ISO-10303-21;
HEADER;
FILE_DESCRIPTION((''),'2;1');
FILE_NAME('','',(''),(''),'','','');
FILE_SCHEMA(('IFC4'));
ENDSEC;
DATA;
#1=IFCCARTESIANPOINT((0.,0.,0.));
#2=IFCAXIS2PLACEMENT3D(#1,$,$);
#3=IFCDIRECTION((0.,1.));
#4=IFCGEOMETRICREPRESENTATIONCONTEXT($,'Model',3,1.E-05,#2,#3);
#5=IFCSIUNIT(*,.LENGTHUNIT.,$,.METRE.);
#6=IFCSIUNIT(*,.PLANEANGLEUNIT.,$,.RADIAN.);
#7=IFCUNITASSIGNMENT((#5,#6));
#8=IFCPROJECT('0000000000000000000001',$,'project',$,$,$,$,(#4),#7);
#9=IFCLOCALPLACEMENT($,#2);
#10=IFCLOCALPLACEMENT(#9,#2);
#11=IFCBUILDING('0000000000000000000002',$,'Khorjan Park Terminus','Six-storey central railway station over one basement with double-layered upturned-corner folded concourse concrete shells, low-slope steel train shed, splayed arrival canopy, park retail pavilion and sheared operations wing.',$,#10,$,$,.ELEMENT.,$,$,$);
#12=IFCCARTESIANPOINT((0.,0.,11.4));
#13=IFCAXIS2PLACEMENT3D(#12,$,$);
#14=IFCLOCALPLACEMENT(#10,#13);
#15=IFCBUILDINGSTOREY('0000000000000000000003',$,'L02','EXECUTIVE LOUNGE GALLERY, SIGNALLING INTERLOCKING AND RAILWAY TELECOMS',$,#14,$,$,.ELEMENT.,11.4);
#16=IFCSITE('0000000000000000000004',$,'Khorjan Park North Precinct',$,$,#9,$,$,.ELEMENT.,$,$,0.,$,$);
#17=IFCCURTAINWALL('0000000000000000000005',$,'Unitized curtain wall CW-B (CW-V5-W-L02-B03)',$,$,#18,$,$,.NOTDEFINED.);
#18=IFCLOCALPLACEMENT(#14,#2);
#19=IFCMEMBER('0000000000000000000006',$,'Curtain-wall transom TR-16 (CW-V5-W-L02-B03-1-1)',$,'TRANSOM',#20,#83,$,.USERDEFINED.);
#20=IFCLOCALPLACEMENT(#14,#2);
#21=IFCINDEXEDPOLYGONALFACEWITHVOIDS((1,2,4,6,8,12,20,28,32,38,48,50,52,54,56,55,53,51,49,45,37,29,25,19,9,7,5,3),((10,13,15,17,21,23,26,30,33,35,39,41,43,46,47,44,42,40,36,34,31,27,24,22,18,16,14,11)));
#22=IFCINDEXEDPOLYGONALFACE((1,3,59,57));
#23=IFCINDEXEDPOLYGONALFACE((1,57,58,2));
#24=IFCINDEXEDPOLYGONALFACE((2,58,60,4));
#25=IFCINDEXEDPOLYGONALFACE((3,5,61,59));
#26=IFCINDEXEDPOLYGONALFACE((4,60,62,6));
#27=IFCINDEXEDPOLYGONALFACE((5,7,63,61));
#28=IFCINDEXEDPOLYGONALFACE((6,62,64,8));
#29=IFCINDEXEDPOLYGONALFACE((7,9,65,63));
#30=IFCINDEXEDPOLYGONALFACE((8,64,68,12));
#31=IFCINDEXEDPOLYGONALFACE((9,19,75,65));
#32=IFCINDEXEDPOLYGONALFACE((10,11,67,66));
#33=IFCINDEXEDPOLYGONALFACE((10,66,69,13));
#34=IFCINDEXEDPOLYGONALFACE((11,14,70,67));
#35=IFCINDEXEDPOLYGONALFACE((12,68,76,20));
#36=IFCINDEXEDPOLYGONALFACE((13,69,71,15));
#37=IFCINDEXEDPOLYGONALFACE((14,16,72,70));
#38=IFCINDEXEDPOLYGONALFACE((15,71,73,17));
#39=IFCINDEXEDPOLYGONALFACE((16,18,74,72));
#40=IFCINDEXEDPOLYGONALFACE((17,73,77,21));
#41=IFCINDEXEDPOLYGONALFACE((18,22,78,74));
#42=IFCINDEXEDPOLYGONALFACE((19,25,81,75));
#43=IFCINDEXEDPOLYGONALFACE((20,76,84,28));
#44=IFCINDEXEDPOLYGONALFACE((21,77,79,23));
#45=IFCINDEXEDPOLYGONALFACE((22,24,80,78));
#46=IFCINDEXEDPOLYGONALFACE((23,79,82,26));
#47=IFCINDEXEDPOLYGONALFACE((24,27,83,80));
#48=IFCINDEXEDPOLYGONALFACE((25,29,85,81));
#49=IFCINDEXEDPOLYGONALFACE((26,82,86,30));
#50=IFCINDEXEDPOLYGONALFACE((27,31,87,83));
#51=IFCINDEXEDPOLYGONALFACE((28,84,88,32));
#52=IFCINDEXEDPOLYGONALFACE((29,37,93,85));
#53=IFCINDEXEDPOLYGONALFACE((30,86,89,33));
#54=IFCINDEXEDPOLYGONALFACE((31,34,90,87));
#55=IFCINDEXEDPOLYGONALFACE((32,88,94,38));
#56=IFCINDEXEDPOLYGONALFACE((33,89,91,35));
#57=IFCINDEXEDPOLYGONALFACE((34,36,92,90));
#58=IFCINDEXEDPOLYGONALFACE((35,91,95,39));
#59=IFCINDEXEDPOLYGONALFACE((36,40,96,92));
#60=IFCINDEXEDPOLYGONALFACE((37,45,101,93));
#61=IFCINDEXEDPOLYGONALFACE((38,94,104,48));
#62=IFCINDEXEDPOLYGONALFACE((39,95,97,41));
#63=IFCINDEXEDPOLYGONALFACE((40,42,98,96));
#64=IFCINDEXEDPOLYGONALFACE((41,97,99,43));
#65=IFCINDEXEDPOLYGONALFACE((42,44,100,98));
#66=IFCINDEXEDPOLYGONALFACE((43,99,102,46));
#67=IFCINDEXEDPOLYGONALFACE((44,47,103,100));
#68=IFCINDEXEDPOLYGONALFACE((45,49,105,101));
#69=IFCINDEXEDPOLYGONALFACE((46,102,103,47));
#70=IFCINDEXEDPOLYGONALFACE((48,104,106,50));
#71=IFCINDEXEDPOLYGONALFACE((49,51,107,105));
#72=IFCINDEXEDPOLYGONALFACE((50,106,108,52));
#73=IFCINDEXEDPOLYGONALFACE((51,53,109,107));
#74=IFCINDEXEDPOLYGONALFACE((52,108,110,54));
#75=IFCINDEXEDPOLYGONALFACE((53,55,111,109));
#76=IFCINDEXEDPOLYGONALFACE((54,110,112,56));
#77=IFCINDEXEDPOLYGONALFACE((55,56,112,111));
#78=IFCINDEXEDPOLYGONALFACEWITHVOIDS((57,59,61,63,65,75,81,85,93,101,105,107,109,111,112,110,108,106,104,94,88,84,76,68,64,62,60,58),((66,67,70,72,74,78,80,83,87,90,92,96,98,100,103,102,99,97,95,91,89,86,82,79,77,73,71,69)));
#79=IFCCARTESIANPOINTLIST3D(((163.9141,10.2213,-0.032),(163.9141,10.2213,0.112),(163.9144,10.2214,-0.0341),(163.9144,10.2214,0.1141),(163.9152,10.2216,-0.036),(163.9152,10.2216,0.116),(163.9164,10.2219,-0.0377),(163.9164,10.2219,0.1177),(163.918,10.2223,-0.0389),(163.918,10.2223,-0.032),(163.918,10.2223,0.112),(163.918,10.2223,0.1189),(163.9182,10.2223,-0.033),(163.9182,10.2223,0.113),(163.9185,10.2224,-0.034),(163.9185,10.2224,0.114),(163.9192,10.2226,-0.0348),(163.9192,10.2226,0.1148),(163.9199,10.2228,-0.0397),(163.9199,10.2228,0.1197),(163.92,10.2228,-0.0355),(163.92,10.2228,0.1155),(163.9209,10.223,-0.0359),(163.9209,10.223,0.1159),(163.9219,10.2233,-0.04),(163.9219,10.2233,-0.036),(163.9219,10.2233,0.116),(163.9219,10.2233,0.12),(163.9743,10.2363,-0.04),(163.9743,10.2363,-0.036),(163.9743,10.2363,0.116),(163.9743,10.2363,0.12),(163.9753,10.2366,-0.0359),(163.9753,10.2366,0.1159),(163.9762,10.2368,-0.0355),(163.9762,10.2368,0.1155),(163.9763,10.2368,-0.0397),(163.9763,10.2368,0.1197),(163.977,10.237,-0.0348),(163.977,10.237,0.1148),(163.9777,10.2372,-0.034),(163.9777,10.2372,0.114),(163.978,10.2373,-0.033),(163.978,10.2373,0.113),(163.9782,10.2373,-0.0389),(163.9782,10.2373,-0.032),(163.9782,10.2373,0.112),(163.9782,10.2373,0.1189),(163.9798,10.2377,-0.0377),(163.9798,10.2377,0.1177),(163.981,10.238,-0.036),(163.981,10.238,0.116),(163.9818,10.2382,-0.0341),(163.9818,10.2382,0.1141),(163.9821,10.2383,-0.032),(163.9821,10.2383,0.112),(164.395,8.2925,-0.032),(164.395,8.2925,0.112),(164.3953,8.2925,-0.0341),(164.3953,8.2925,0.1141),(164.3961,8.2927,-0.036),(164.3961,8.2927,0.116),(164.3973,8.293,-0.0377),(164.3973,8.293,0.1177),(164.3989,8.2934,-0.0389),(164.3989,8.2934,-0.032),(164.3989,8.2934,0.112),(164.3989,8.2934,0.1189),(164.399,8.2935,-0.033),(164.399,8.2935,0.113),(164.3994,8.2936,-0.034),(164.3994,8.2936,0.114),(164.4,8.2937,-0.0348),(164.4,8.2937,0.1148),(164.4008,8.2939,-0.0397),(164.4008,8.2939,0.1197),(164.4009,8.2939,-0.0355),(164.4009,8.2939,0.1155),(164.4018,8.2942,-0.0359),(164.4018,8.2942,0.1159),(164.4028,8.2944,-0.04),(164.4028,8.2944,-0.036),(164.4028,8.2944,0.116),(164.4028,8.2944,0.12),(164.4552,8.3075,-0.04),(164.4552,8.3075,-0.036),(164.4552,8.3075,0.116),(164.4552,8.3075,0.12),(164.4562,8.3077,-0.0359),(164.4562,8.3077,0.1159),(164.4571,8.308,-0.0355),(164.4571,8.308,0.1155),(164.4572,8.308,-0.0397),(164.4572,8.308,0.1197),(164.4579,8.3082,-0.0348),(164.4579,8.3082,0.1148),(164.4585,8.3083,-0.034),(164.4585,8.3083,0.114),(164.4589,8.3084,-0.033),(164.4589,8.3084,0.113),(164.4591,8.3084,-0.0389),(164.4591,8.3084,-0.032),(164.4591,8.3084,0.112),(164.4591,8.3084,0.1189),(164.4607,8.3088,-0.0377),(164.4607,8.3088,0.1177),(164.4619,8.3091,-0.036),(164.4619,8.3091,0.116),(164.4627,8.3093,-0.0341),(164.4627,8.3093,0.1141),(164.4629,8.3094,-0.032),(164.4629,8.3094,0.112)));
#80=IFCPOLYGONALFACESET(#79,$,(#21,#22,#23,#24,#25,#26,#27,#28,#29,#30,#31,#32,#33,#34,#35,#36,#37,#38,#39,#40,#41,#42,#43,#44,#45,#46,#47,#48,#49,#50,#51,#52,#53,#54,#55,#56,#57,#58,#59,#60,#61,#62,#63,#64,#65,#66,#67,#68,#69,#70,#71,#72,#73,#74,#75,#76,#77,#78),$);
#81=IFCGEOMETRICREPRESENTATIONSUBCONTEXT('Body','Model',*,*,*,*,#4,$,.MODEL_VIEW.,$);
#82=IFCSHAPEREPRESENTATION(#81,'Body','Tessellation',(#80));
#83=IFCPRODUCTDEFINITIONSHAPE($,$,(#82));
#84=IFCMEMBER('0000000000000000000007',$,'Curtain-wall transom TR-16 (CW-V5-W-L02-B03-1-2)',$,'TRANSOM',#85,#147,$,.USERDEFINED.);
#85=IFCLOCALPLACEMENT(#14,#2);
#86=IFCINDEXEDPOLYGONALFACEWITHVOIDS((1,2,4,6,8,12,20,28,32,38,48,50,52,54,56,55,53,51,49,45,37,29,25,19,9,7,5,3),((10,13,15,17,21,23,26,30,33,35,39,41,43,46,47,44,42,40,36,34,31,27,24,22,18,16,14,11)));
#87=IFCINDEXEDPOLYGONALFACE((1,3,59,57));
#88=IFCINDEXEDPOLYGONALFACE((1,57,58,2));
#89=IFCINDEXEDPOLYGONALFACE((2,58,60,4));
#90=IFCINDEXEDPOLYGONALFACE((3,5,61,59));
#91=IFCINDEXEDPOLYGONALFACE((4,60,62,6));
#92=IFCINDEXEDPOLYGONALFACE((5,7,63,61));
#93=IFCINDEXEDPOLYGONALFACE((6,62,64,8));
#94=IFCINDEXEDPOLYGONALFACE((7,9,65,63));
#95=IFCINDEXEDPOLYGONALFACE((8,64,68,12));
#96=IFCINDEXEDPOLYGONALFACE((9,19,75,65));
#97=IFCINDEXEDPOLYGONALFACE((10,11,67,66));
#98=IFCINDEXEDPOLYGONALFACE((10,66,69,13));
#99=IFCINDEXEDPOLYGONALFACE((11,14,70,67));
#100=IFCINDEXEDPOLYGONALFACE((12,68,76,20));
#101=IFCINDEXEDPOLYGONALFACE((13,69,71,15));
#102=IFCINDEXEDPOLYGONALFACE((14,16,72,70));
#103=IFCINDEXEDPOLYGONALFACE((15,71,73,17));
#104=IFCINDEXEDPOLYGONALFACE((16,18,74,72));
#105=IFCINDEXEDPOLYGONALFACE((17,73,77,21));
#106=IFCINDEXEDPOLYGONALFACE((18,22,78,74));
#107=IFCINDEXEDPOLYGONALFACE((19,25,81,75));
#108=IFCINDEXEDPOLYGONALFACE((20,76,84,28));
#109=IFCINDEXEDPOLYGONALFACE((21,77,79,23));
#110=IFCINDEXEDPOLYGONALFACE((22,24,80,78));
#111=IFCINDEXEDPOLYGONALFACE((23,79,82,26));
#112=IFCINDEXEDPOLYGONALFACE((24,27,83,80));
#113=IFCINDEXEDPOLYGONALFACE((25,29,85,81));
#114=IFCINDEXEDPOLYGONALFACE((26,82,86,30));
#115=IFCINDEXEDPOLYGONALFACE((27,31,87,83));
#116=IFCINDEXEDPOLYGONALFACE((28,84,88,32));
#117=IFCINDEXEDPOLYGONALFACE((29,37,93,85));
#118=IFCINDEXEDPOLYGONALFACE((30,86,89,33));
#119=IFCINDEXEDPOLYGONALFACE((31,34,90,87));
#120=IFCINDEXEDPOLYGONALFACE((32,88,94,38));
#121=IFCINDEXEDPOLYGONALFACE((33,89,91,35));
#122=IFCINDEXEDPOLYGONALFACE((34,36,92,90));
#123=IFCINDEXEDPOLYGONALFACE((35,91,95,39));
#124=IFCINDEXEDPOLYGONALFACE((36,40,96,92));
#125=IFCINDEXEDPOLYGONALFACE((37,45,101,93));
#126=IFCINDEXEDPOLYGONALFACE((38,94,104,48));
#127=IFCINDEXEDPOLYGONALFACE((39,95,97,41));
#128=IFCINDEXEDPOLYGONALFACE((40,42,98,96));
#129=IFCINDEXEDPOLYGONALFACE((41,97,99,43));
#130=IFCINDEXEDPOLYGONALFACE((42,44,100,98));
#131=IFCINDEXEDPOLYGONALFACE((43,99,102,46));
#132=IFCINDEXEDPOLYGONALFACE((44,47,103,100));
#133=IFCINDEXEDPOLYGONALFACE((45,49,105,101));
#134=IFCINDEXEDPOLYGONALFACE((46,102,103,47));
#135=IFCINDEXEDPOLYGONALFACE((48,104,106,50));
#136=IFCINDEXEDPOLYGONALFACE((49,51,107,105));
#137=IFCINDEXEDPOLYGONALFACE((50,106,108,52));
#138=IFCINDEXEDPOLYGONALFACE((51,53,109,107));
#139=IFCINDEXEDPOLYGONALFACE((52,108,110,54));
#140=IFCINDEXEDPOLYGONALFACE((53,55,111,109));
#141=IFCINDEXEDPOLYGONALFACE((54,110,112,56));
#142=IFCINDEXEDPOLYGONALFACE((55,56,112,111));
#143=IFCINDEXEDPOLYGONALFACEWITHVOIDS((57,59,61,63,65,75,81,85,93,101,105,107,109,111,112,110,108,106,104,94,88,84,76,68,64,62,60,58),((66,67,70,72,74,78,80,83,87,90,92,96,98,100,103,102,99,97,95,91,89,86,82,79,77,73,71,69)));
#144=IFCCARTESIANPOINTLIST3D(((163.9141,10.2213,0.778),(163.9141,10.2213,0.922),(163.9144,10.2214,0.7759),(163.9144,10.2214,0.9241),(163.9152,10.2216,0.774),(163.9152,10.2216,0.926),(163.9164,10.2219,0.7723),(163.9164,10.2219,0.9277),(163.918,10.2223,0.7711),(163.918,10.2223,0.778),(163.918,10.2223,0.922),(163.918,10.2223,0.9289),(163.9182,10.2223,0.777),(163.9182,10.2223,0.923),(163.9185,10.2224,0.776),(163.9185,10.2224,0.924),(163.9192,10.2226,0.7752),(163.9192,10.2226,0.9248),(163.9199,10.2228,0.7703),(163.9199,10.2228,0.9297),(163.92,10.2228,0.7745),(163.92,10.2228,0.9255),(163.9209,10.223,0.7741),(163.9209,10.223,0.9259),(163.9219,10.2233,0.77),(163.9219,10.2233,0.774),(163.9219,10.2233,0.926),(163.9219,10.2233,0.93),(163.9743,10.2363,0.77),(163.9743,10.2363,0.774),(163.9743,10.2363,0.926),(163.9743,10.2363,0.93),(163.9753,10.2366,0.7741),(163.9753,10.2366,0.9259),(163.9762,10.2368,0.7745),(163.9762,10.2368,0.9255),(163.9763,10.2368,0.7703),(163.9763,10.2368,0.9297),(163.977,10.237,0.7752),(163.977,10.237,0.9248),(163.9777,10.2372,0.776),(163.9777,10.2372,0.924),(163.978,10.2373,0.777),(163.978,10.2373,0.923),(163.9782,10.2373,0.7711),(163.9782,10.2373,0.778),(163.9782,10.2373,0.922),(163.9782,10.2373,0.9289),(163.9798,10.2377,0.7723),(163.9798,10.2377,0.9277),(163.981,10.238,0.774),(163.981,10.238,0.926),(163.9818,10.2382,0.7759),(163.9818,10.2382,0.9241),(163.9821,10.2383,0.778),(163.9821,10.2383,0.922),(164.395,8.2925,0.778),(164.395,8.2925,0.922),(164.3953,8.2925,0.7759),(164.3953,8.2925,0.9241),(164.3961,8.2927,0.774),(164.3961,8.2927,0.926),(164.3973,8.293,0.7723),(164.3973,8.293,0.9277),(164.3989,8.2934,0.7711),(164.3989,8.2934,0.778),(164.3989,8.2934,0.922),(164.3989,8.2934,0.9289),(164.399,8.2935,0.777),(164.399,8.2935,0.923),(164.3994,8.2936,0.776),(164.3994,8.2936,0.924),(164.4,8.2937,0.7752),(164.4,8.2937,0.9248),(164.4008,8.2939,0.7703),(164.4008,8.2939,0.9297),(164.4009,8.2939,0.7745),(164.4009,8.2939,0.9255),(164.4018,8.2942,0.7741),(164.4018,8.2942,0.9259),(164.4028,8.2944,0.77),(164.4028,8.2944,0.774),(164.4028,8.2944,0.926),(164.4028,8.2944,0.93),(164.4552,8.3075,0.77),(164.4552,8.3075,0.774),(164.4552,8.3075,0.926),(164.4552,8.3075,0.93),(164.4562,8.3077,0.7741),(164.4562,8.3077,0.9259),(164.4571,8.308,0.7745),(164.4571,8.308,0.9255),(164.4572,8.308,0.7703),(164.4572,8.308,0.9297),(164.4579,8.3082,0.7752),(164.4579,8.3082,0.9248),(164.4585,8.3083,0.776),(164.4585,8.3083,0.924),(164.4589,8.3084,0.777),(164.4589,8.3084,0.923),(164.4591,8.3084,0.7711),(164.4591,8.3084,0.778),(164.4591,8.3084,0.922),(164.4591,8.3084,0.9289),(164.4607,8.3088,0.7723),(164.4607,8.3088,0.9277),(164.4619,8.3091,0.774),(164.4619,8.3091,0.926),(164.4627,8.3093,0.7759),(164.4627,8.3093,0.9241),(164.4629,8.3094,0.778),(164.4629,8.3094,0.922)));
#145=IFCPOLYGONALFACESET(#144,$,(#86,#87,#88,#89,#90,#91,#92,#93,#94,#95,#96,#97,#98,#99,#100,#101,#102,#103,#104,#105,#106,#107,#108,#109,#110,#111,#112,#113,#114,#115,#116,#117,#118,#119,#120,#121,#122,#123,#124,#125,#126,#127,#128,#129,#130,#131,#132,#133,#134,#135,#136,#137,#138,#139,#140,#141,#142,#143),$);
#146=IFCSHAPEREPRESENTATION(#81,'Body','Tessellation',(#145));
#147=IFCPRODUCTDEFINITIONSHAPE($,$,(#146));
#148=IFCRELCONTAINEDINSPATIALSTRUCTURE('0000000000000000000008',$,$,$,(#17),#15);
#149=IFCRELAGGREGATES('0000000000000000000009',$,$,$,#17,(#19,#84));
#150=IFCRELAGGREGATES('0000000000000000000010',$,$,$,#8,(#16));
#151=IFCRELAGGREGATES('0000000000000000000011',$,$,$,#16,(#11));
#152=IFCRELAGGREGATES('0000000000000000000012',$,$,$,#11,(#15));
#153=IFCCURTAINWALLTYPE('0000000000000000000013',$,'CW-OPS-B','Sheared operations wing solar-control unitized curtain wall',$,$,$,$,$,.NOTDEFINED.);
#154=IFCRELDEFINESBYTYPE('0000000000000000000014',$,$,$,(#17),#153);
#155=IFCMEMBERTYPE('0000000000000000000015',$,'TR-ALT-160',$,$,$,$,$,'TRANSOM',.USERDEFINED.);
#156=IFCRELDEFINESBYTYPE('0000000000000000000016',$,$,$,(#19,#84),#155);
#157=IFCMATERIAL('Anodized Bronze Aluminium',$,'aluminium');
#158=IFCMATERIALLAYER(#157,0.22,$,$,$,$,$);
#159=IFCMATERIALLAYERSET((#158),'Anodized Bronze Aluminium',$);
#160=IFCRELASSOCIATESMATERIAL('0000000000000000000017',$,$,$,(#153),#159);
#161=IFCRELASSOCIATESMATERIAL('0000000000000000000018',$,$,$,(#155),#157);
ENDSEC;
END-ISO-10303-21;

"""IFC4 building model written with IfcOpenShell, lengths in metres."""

from ifc_helpers import new_model, si_unit, direction, frame, origin, origin_2d, place, context, subcontext, project, spatial, hollow_rectangle, extrude, material, layer, layer_set, material_profile, profile_set, type_object, element, aggregate, save


model = new_model("IFC4")

# Units and contexts
model_context = context("Model", 3, precision=1e-05, world=origin(), true_north=direction((0.0, 1.0)))
body_context = subcontext(model_context, "Body", "Model", "MODEL_VIEW")
ifc_project = project(units=[si_unit("LENGTHUNIT", "METRE"), si_unit("PLANEANGLEUNIT", "RADIAN")], contexts=[model_context])

# Site, building, storey
site_placement = place(None, origin())
site = spatial("IfcSite", under=ifc_project, at=site_placement, Name="Khorjan Park North Precinct", CompositionType="ELEMENT", RefElevation=0.0)
building_placement = place(site_placement, origin())
building = spatial("IfcBuilding", under=site, at=building_placement, Name="Khorjan Park Terminus", Description="Six-storey central railway station over one basement with double-layered upturned-corner folded concourse concrete shells, low-slope steel train shed, splayed arrival canopy, park retail pavilion and sheared operations wing.", CompositionType="ELEMENT")
storey_placement = place(building_placement, frame((0.0, 0.0, 11.4)))
storey = spatial("IfcBuildingStorey", under=building, at=storey_placement, Name="L02", Description="EXECUTIVE LOUNGE GALLERY, SIGNALLING INTERLOCKING AND RAILWAY TELECOMS", CompositionType="ELEMENT", Elevation=11.4)

# Curtain wall, members
ifc_material_1 = material(Name="Anodized Bronze Aluminium", Category="aluminium")
ifc_layer_1 = layer(ifc_material_1, 0.22)
ifc_layer_set_1 = layer_set([ifc_layer_1], Name="Anodized Bronze Aluminium")
curtain_wall_type = type_object("IfcCurtainWallType", Name="CW-OPS-B", Description="Sheared operations wing solar-control unitized curtain wall", PredefinedType="NOTDEFINED", material=ifc_layer_set_1)
curtain_wall_placement = place(storey_placement, origin())
curtain_wall = element("IfcCurtainWall", 1, at=curtain_wall_placement, inside=storey, type_object=curtain_wall_type, Name="Unitized curtain wall CW-B (CW-V5-W-L02-B03)", PredefinedType="NOTDEFINED")
ifc_material_profile_1 = material_profile(ifc_material_1, hollow_rectangle(XDim=0.07, YDim=0.16, WallThickness=0.004, InnerFilletRadius=0.004, OuterFilletRadius=0.008, at=origin_2d()), Name="ALT 70x160x4")
ifc_profile_set_1 = profile_set([ifc_material_profile_1], Name="Anodized Bronze Aluminium")
member_type_1 = type_object("IfcMemberType", Name="TR-ALT-160", ElementType="TRANSOM", PredefinedType="USERDEFINED", material=ifc_profile_set_1)
member_1_placement = place(storey_placement, frame((163.9481, 10.2298, 0.04), z_axis=(0.241908, -0.970299, 0.0), x_axis=(0.970299, 0.241908, 0.0)))
member_1 = element("IfcMember", 2, at=member_1_placement, type_object=member_type_1, Name="Curtain-wall transom TR-16 (CW-V5-W-L02-B03-1-1)", ObjectType="TRANSOM", PredefinedType="USERDEFINED", context=body_context, shape_type="SweptSolid", body=[
    extrude(hollow_rectangle(XDim=0.07, YDim=0.16, WallThickness=0.004, InnerFilletRadius=0.004, OuterFilletRadius=0.008, at=origin_2d()), origin(), (0.0, 0.0, 1.0), 1.9879),
])
member_2_placement = place(storey_placement, frame((163.9481, 10.2298, 0.85), z_axis=(0.241908, -0.970299, 0.0), x_axis=(0.970299, 0.241908, 0.0)))
member_2 = element("IfcMember", 3, at=member_2_placement, type_object=member_type_1, Name="Curtain-wall transom TR-16 (CW-V5-W-L02-B03-1-2)", ObjectType="TRANSOM", PredefinedType="USERDEFINED", context=body_context, shape_type="SweptSolid", body=[
    extrude(hollow_rectangle(XDim=0.07, YDim=0.16, WallThickness=0.004, InnerFilletRadius=0.004, OuterFilletRadius=0.008, at=origin_2d()), origin(), (0.0, 0.0, 1.0), 1.9879),
])
aggregate(curtain_wall, [member_1, member_2])

save(model, "model.ifc")
